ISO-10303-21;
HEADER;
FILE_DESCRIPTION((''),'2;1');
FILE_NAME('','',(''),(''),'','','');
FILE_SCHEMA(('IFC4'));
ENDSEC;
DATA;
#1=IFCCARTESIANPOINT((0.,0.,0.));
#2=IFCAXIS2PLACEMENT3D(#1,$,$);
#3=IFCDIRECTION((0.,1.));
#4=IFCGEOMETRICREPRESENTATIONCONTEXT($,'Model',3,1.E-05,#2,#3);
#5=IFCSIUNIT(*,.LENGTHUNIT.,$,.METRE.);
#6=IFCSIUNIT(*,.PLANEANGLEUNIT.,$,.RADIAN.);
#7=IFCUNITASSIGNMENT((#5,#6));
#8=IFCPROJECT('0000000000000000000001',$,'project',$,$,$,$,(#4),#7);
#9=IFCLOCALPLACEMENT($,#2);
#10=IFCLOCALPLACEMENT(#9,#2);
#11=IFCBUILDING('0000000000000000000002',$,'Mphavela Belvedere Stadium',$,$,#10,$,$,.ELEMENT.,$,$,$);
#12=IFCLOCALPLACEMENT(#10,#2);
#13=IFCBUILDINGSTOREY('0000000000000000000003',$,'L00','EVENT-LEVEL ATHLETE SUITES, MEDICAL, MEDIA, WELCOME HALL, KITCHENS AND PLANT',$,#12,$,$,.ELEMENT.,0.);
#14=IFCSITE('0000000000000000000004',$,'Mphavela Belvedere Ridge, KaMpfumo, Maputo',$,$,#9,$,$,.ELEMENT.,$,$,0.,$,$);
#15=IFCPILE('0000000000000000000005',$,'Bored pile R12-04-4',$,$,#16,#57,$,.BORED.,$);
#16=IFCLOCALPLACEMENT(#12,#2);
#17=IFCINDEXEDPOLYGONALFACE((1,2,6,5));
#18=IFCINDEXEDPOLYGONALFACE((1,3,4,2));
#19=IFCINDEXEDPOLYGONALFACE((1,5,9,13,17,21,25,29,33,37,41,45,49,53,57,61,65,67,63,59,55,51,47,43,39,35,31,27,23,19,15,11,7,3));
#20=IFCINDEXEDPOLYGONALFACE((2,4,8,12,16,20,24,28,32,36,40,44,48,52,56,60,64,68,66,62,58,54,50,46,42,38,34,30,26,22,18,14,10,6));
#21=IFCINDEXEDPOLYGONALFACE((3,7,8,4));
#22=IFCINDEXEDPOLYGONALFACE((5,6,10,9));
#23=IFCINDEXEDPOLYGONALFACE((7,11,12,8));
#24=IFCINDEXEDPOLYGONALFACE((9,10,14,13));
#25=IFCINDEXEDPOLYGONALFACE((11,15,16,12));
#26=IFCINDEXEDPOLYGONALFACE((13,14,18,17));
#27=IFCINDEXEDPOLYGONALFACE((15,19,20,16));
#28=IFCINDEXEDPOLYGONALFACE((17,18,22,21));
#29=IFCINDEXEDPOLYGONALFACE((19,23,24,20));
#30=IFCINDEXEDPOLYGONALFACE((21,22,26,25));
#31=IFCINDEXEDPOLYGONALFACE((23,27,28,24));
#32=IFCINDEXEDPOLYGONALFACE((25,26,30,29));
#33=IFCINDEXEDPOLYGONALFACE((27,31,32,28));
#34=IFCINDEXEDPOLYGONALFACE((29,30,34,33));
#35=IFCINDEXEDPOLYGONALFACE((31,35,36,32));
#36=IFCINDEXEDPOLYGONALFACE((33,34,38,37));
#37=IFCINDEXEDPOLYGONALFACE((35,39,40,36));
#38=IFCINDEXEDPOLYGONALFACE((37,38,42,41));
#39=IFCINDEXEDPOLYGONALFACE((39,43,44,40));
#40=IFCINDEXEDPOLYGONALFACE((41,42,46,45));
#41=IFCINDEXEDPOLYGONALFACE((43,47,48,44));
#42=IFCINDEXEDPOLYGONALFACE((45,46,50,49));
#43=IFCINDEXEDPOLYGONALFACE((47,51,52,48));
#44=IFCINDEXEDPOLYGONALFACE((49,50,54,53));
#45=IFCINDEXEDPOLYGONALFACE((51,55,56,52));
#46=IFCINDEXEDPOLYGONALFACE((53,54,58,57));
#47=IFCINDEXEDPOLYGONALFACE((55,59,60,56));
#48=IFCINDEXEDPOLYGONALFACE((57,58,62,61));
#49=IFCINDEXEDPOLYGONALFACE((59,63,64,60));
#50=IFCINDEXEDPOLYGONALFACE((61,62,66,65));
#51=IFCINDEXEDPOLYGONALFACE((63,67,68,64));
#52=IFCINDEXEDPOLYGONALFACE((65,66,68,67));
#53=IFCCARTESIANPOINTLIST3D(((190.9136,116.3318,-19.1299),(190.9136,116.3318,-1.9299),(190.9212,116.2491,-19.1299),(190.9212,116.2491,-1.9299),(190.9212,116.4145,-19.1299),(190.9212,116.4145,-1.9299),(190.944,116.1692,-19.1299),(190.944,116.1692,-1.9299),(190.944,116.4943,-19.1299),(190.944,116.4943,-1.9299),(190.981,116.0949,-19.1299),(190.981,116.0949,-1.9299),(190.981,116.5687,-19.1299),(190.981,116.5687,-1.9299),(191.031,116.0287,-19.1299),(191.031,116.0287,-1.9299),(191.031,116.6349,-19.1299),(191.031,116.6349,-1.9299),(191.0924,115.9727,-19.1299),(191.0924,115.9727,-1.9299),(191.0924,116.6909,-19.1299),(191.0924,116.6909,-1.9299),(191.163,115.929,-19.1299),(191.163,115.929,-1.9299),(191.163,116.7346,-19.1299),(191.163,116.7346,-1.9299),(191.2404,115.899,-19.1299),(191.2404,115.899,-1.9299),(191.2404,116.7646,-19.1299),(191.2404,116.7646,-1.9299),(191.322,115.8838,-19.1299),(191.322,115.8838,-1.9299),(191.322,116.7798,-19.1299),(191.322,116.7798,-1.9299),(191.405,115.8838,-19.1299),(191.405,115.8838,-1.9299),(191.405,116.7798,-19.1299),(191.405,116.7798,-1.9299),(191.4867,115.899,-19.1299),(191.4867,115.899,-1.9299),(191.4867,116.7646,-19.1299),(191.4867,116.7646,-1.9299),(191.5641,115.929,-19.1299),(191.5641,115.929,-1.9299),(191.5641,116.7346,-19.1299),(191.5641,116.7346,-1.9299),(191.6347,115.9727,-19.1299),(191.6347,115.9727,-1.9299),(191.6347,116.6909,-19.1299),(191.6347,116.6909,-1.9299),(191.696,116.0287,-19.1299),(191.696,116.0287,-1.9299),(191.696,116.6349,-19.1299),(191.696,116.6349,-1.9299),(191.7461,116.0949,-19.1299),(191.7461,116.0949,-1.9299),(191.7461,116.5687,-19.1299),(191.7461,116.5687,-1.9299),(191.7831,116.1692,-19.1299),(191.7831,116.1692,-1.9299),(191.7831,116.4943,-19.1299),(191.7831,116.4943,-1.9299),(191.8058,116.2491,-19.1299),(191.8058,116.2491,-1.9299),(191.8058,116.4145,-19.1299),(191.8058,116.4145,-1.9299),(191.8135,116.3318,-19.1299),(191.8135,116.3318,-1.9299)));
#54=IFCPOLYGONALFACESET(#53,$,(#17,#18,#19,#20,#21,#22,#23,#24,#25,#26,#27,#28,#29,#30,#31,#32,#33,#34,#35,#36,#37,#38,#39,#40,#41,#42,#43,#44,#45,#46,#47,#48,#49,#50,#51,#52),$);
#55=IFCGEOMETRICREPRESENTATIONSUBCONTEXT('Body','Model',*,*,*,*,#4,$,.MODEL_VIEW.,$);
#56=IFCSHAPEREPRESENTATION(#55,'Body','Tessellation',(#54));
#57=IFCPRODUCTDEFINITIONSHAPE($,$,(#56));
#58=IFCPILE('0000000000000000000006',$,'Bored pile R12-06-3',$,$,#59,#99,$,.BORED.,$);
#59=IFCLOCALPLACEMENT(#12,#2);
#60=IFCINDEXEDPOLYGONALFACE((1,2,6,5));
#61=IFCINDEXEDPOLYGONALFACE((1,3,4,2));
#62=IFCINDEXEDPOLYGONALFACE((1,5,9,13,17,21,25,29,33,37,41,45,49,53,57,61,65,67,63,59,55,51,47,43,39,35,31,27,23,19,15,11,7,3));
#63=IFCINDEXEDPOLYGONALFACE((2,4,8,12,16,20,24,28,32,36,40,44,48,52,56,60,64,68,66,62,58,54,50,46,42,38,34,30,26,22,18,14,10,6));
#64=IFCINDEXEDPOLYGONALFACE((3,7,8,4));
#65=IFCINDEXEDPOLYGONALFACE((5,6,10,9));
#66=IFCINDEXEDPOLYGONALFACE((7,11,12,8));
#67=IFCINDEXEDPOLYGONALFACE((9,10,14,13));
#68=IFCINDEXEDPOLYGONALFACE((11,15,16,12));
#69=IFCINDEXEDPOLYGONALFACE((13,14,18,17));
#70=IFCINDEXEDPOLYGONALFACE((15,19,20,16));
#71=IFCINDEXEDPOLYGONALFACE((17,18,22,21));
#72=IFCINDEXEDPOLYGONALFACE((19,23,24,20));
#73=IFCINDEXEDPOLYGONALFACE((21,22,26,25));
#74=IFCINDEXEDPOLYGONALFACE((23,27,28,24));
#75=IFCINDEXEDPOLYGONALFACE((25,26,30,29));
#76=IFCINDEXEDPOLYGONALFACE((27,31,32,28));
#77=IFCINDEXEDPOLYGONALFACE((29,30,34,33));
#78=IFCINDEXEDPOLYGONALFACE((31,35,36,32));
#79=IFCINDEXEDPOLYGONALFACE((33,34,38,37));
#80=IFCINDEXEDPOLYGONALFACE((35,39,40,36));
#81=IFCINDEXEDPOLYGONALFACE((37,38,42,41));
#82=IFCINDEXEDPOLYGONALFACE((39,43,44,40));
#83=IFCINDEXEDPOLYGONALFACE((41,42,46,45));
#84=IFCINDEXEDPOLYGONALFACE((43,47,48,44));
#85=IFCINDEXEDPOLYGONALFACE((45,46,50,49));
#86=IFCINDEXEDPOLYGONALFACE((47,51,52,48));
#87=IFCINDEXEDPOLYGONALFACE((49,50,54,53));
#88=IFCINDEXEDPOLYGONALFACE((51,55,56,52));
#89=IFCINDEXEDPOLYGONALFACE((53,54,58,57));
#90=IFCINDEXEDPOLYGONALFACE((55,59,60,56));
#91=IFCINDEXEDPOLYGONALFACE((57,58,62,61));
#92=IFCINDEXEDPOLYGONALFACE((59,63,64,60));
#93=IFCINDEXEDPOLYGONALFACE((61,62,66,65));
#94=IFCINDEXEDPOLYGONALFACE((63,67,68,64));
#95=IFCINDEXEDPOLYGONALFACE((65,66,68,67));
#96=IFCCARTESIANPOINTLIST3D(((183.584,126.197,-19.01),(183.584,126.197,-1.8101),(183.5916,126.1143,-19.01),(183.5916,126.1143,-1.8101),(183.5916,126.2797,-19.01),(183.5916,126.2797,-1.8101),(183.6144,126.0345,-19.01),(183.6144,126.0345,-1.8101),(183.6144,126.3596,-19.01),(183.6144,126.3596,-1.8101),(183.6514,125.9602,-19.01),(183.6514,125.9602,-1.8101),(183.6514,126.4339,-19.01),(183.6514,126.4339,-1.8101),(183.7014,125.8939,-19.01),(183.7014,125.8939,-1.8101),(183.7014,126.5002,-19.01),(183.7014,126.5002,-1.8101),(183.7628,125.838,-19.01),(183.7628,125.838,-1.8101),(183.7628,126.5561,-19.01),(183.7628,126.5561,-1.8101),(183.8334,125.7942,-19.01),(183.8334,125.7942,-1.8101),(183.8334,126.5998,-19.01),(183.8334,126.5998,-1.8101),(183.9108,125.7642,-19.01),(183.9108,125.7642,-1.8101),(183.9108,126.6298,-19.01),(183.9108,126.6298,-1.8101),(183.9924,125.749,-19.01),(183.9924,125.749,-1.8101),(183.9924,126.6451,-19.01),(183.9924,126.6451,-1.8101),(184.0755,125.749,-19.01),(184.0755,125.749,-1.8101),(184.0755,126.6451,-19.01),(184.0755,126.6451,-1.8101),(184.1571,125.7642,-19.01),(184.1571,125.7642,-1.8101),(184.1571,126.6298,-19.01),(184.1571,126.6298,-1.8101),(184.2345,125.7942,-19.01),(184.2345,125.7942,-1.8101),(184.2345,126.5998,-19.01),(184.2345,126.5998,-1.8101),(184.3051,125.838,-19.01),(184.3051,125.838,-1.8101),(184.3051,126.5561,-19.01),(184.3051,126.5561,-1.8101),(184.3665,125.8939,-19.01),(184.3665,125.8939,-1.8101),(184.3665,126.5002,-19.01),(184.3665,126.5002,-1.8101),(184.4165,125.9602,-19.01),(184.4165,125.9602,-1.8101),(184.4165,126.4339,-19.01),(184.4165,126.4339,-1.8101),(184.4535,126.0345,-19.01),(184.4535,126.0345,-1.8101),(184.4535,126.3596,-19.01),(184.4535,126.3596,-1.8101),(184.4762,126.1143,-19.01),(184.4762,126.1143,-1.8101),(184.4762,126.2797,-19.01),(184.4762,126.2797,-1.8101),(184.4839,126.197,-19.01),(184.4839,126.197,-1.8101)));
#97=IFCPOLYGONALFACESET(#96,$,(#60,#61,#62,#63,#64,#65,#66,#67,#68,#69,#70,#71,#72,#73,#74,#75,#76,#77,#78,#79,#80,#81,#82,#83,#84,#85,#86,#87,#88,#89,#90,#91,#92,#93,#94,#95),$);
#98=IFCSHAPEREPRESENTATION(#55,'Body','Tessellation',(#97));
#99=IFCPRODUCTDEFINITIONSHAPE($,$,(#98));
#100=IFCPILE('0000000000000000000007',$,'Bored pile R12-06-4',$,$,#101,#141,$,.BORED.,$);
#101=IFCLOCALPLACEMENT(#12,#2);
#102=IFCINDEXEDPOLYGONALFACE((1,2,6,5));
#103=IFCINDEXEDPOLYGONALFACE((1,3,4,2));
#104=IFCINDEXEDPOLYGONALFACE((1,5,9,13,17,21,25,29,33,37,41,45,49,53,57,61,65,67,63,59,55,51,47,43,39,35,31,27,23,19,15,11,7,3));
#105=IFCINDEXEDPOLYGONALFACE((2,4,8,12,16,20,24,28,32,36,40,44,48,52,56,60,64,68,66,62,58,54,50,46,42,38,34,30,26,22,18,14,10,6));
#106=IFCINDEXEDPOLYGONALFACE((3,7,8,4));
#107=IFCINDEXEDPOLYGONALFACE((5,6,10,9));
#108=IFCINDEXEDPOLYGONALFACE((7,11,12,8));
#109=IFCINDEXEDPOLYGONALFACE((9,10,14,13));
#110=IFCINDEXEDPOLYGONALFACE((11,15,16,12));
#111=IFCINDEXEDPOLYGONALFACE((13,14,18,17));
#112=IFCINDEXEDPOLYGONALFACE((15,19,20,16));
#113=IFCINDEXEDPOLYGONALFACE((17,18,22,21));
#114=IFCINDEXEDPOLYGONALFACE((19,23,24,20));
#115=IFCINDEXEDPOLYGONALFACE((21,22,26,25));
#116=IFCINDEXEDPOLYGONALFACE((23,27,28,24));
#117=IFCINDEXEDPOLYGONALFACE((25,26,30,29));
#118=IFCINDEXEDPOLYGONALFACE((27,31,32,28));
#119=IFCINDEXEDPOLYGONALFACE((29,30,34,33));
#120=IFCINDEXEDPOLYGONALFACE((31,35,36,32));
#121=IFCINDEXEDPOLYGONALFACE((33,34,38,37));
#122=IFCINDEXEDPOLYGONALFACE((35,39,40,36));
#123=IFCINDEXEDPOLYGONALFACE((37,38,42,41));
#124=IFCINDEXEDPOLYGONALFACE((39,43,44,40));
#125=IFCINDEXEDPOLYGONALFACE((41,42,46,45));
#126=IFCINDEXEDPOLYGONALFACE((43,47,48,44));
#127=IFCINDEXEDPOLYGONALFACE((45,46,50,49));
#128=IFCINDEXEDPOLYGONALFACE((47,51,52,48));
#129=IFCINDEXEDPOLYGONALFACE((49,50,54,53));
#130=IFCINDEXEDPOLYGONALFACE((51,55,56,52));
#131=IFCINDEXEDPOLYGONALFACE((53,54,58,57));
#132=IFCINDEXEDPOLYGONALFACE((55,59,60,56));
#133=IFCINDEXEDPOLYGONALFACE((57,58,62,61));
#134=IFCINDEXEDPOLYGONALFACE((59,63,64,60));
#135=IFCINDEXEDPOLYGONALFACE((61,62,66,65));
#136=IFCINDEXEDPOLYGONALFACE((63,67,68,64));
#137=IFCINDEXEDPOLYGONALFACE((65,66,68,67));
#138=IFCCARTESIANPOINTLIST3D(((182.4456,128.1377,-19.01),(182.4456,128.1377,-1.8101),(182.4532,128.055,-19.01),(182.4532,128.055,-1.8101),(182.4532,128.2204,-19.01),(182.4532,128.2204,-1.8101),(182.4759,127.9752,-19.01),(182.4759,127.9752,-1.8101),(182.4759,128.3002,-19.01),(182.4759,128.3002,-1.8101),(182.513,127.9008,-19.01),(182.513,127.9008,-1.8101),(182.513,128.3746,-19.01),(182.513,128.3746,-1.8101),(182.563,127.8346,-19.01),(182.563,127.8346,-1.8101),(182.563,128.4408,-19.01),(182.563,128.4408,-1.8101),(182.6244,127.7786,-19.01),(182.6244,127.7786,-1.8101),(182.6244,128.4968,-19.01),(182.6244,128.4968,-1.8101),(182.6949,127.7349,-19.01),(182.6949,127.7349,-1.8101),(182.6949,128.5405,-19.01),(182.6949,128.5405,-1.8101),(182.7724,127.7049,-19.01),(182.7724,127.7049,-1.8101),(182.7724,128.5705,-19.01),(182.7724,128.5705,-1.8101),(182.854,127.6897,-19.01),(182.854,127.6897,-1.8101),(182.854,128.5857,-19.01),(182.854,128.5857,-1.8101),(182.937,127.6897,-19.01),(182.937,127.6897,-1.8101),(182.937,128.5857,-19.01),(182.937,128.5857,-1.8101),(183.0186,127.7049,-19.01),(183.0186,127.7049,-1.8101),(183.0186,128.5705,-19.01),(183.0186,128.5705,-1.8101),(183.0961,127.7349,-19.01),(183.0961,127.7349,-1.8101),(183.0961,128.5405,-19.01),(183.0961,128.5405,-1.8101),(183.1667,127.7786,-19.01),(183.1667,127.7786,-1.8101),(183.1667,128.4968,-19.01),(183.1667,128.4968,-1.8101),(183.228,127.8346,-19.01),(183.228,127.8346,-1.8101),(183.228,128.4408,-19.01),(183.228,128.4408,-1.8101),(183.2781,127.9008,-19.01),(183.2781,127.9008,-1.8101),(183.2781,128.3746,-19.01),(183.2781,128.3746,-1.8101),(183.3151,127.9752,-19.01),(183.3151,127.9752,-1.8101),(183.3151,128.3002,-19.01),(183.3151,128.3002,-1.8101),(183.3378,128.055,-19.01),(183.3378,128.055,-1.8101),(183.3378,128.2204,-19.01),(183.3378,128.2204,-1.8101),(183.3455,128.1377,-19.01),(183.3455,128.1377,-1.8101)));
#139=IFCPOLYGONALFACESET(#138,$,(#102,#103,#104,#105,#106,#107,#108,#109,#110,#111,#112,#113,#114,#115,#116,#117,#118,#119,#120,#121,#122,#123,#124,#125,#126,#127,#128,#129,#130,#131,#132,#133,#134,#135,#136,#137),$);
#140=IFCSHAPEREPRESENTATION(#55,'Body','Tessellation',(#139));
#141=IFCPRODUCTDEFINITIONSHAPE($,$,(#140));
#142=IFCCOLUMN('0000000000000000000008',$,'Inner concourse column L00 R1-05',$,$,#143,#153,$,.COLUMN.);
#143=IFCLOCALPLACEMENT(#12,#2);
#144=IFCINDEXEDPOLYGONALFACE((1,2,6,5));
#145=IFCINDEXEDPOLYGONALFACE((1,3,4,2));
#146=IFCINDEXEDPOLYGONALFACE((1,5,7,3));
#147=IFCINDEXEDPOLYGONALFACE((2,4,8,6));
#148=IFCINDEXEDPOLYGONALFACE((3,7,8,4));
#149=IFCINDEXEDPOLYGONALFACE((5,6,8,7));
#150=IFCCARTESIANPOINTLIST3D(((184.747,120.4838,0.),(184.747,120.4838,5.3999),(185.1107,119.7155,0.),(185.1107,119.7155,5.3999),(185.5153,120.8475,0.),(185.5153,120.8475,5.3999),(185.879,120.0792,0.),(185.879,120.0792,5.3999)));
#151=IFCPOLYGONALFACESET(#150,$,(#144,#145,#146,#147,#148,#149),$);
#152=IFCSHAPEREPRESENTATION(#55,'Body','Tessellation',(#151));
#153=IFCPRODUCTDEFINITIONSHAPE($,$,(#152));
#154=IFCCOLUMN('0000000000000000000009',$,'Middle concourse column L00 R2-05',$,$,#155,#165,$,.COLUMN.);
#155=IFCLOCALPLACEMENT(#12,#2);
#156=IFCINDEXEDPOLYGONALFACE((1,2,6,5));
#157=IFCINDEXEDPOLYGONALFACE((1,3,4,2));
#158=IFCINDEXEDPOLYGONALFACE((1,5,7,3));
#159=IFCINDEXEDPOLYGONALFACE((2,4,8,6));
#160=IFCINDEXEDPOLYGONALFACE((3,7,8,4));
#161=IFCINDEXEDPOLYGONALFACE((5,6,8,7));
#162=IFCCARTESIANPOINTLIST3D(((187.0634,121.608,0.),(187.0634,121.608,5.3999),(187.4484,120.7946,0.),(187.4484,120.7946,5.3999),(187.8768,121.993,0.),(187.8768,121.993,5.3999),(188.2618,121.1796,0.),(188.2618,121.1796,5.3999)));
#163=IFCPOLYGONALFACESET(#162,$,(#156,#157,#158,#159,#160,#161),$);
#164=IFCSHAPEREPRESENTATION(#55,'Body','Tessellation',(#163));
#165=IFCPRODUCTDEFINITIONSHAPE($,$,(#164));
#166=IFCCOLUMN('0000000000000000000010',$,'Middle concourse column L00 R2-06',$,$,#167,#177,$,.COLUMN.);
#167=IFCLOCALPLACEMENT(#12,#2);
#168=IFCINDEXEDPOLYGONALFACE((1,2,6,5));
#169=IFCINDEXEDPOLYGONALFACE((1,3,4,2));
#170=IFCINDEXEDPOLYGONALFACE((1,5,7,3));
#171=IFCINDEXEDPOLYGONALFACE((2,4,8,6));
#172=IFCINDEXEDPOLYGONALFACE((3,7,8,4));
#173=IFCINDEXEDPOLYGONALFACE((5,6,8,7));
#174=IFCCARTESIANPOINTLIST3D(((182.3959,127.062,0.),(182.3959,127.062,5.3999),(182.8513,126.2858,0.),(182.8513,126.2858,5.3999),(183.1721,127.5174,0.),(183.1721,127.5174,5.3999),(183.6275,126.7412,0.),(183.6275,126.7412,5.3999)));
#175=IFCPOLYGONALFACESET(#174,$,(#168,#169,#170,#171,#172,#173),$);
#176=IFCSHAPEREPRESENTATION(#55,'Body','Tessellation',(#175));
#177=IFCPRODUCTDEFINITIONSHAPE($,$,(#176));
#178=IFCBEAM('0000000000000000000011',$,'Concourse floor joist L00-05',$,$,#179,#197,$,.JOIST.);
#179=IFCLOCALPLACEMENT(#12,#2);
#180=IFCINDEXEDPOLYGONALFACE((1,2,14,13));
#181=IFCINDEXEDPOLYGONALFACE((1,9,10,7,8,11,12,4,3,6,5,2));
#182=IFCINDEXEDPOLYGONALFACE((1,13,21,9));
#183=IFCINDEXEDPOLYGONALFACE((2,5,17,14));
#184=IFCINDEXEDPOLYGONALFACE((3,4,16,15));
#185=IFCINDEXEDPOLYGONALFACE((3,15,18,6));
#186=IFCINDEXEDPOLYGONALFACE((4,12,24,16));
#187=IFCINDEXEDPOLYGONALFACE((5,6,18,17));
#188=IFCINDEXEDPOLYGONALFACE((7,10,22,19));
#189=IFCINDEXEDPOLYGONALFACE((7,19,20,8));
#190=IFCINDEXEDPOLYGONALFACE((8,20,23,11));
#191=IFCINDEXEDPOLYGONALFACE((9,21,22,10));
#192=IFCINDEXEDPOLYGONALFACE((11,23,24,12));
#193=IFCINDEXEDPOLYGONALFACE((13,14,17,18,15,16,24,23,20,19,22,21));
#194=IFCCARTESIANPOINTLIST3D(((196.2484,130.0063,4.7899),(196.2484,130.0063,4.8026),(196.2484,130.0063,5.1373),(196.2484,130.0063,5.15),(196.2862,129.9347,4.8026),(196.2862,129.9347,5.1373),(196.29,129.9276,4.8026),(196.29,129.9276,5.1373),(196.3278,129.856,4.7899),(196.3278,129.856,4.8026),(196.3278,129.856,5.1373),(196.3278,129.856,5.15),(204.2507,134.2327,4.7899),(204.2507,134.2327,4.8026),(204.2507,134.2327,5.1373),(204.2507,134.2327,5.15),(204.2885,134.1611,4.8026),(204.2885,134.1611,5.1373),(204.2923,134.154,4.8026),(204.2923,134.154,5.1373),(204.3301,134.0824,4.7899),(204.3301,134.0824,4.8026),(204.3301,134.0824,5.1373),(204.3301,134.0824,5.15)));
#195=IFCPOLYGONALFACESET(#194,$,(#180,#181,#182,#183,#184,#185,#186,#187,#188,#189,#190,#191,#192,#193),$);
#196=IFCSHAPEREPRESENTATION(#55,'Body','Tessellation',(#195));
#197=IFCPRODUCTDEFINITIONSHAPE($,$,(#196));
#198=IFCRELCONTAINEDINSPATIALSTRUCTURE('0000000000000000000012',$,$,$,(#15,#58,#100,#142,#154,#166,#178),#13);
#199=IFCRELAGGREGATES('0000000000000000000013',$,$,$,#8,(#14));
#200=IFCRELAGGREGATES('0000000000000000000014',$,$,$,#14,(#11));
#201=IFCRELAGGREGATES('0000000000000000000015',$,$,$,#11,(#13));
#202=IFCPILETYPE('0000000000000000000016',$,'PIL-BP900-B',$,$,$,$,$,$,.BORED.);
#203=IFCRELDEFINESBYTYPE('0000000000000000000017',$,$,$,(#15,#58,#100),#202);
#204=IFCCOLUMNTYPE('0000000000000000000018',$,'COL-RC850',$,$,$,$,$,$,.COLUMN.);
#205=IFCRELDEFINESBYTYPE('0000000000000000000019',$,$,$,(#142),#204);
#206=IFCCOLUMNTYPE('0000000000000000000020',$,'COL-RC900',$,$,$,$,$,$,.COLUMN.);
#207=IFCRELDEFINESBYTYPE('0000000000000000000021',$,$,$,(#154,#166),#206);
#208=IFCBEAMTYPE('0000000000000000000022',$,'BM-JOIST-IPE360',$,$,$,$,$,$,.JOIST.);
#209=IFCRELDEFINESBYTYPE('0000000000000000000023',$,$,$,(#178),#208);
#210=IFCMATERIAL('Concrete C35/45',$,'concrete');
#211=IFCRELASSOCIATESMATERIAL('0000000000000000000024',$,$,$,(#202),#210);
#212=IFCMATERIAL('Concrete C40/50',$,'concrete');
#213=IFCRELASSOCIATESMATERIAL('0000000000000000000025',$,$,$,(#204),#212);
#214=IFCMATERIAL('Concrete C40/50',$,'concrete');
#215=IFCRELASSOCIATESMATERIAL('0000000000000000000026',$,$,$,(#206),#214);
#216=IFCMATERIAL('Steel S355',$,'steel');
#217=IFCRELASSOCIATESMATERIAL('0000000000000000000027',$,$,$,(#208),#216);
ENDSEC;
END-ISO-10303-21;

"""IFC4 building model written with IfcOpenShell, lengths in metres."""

from ifc_helpers import new_model, si_unit, direction, frame, origin, origin_2d, place, context, subcontext, project, spatial, rectangle, circle, i_section, extrude, material, material_profile, profile_set, type_object, element, save


model = new_model("IFC4")

# Units and contexts
model_context = context("Model", 3, precision=1e-05, world=origin(), true_north=direction((0.0, 1.0)))
body_context = subcontext(model_context, "Body", "Model", "MODEL_VIEW")
ifc_project = project(units=[si_unit("LENGTHUNIT", "METRE"), si_unit("PLANEANGLEUNIT", "RADIAN")], contexts=[model_context])

# Site, building, storey
site_placement = place(None, origin())
site = spatial("IfcSite", under=ifc_project, at=site_placement, Name="Mphavela Belvedere Ridge, KaMpfumo, Maputo", CompositionType="ELEMENT", RefElevation=0.0)
building_placement = place(site_placement, origin())
building = spatial("IfcBuilding", under=site, at=building_placement, Name="Mphavela Belvedere Stadium", CompositionType="ELEMENT")
storey_placement = place(building_placement, origin())
storey = spatial("IfcBuildingStorey", under=building, at=storey_placement, Name="L00", Description="EVENT-LEVEL ATHLETE SUITES, MEDICAL, MEDIA, WELCOME HALL, KITCHENS AND PLANT", CompositionType="ELEMENT", Elevation=0.0)

# Piles
ifc_material_1 = material(Name="Concrete C35/45", Category="concrete")
ifc_material_profile_1 = material_profile(ifc_material_1, circle(Radius=0.45, at=origin_2d()), Name="BP D900")
ifc_profile_set_1 = profile_set([ifc_material_profile_1], Name="Concrete C35/45")
pile_type_1 = type_object("IfcPileType", Name="PIL-BP900-B", PredefinedType="BORED", material=ifc_profile_set_1)
for number, where, z_axis, x_axis, name in (
    (1, (191.3635, 116.3318, -1.9299), (0.0, 0.0, -1.0), (1.0, 0.0, 0.0), "Bored pile R12-04-4"),
    (2, (184.0339, 126.197, -1.8101), (0.0, 0.0, -1.0), (1.0, 0.0, 0.0), "Bored pile R12-06-3"),
    (3, (182.8955, 128.1377, -1.8101), (0.0, 0.0, -1.0), (1.0, 0.0, 0.0), "Bored pile R12-06-4"),
):
    element("IfcPile", number, at=place(storey_placement, frame(where, z_axis=z_axis, x_axis=x_axis)), inside=storey, type_object=pile_type_1, Name=name, PredefinedType="BORED", context=body_context, shape_type="SweptSolid", body=[
        extrude(circle(Radius=0.45, at=origin_2d()), origin(), (0.0, 0.0, 1.0), 17.2),
    ])

# Columns
ifc_material_2 = material(Name="Concrete C40/50", Category="concrete")
ifc_material_profile_2 = material_profile(ifc_material_2, rectangle(XDim=0.8501, YDim=0.8501, at=origin_2d()), Name="RC 850x850")
ifc_profile_set_2 = profile_set([ifc_material_profile_2], Name="Concrete C40/50")
column_type_1 = type_object("IfcColumnType", Name="COL-RC850", PredefinedType="COLUMN", material=ifc_profile_set_2)
column_placement = place(storey_placement, frame((185.313, 120.2815, 0.0), z_axis=(0.0, 0.0, 1.0), x_axis=(0.903859, 0.427831, 0.0)))
element("IfcColumn", 4, at=column_placement, inside=storey, type_object=column_type_1, Name="Inner concourse column L00 R1-05", PredefinedType="COLUMN", context=body_context, shape_type="SweptSolid", body=[
    extrude(rectangle(XDim=0.8501, YDim=0.8501, at=origin_2d()), origin(), (0.0, 0.0, 1.0), 5.3999),
])
ifc_material_3 = material(Name="Concrete C40/50", Category="concrete")
ifc_material_profile_3 = material_profile(ifc_material_3, rectangle(XDim=0.8999, YDim=0.8999, at=origin_2d()), Name="RC 900x900")
ifc_profile_set_3 = profile_set([ifc_material_profile_3], Name="Concrete C40/50")
column_type_2 = type_object("IfcColumnType", Name="COL-RC900", PredefinedType="COLUMN", material=ifc_profile_set_3)
for number, where, z_axis, x_axis, name in (
    (5, (187.6626, 121.3938, 0.0), (0.0, 0.0, 1.0), (0.903859, 0.427831, 0.0), "Middle concourse column L00 R2-05"),
    (6, (183.0117, 126.9016, 0.0), (0.0, 0.0, 1.0), (0.862514, 0.506034, 0.0), "Middle concourse column L00 R2-06"),
):
    element("IfcColumn", number, at=place(storey_placement, frame(where, z_axis=z_axis, x_axis=x_axis)), inside=storey, type_object=column_type_2, Name=name, PredefinedType="COLUMN", context=body_context, shape_type="SweptSolid", body=[
        extrude(rectangle(XDim=0.8999, YDim=0.8999, at=origin_2d()), origin(), (0.0, 0.0, 1.0), 5.3999),
    ])

# Beam
ifc_material_4 = material(Name="Steel S355", Category="steel")
ifc_material_profile_4 = material_profile(ifc_material_4, i_section(OverallWidth=0.1699, OverallDepth=0.3601, WebThickness=0.0081, FlangeThickness=0.0127, at=origin_2d()), Name="IPE 360")
ifc_profile_set_4 = profile_set([ifc_material_profile_4], Name="Steel S355")
beam_type_1 = type_object("IfcBeamType", Name="BM-JOIST-IPE360", PredefinedType="JOIST", material=ifc_profile_set_4)
beam_1_placement = place(storey_placement, frame((196.2881, 129.9312, 4.97), z_axis=(0.884251, 0.467012, 0.0), x_axis=(-0.467012, 0.884251, 0.0)))
element("IfcBeam", 7, at=beam_1_placement, inside=storey, type_object=beam_type_1, Name="Concourse floor joist L00-05", PredefinedType="JOIST", context=body_context, shape_type="SweptSolid", body=[
    extrude(i_section(OverallWidth=0.1699, OverallDepth=0.3601, WebThickness=0.0081, FlangeThickness=0.0127, at=origin_2d()), origin(), (0.0, 0.0, 1.0), 9.0498),
])

save(model, "model.ifc")
